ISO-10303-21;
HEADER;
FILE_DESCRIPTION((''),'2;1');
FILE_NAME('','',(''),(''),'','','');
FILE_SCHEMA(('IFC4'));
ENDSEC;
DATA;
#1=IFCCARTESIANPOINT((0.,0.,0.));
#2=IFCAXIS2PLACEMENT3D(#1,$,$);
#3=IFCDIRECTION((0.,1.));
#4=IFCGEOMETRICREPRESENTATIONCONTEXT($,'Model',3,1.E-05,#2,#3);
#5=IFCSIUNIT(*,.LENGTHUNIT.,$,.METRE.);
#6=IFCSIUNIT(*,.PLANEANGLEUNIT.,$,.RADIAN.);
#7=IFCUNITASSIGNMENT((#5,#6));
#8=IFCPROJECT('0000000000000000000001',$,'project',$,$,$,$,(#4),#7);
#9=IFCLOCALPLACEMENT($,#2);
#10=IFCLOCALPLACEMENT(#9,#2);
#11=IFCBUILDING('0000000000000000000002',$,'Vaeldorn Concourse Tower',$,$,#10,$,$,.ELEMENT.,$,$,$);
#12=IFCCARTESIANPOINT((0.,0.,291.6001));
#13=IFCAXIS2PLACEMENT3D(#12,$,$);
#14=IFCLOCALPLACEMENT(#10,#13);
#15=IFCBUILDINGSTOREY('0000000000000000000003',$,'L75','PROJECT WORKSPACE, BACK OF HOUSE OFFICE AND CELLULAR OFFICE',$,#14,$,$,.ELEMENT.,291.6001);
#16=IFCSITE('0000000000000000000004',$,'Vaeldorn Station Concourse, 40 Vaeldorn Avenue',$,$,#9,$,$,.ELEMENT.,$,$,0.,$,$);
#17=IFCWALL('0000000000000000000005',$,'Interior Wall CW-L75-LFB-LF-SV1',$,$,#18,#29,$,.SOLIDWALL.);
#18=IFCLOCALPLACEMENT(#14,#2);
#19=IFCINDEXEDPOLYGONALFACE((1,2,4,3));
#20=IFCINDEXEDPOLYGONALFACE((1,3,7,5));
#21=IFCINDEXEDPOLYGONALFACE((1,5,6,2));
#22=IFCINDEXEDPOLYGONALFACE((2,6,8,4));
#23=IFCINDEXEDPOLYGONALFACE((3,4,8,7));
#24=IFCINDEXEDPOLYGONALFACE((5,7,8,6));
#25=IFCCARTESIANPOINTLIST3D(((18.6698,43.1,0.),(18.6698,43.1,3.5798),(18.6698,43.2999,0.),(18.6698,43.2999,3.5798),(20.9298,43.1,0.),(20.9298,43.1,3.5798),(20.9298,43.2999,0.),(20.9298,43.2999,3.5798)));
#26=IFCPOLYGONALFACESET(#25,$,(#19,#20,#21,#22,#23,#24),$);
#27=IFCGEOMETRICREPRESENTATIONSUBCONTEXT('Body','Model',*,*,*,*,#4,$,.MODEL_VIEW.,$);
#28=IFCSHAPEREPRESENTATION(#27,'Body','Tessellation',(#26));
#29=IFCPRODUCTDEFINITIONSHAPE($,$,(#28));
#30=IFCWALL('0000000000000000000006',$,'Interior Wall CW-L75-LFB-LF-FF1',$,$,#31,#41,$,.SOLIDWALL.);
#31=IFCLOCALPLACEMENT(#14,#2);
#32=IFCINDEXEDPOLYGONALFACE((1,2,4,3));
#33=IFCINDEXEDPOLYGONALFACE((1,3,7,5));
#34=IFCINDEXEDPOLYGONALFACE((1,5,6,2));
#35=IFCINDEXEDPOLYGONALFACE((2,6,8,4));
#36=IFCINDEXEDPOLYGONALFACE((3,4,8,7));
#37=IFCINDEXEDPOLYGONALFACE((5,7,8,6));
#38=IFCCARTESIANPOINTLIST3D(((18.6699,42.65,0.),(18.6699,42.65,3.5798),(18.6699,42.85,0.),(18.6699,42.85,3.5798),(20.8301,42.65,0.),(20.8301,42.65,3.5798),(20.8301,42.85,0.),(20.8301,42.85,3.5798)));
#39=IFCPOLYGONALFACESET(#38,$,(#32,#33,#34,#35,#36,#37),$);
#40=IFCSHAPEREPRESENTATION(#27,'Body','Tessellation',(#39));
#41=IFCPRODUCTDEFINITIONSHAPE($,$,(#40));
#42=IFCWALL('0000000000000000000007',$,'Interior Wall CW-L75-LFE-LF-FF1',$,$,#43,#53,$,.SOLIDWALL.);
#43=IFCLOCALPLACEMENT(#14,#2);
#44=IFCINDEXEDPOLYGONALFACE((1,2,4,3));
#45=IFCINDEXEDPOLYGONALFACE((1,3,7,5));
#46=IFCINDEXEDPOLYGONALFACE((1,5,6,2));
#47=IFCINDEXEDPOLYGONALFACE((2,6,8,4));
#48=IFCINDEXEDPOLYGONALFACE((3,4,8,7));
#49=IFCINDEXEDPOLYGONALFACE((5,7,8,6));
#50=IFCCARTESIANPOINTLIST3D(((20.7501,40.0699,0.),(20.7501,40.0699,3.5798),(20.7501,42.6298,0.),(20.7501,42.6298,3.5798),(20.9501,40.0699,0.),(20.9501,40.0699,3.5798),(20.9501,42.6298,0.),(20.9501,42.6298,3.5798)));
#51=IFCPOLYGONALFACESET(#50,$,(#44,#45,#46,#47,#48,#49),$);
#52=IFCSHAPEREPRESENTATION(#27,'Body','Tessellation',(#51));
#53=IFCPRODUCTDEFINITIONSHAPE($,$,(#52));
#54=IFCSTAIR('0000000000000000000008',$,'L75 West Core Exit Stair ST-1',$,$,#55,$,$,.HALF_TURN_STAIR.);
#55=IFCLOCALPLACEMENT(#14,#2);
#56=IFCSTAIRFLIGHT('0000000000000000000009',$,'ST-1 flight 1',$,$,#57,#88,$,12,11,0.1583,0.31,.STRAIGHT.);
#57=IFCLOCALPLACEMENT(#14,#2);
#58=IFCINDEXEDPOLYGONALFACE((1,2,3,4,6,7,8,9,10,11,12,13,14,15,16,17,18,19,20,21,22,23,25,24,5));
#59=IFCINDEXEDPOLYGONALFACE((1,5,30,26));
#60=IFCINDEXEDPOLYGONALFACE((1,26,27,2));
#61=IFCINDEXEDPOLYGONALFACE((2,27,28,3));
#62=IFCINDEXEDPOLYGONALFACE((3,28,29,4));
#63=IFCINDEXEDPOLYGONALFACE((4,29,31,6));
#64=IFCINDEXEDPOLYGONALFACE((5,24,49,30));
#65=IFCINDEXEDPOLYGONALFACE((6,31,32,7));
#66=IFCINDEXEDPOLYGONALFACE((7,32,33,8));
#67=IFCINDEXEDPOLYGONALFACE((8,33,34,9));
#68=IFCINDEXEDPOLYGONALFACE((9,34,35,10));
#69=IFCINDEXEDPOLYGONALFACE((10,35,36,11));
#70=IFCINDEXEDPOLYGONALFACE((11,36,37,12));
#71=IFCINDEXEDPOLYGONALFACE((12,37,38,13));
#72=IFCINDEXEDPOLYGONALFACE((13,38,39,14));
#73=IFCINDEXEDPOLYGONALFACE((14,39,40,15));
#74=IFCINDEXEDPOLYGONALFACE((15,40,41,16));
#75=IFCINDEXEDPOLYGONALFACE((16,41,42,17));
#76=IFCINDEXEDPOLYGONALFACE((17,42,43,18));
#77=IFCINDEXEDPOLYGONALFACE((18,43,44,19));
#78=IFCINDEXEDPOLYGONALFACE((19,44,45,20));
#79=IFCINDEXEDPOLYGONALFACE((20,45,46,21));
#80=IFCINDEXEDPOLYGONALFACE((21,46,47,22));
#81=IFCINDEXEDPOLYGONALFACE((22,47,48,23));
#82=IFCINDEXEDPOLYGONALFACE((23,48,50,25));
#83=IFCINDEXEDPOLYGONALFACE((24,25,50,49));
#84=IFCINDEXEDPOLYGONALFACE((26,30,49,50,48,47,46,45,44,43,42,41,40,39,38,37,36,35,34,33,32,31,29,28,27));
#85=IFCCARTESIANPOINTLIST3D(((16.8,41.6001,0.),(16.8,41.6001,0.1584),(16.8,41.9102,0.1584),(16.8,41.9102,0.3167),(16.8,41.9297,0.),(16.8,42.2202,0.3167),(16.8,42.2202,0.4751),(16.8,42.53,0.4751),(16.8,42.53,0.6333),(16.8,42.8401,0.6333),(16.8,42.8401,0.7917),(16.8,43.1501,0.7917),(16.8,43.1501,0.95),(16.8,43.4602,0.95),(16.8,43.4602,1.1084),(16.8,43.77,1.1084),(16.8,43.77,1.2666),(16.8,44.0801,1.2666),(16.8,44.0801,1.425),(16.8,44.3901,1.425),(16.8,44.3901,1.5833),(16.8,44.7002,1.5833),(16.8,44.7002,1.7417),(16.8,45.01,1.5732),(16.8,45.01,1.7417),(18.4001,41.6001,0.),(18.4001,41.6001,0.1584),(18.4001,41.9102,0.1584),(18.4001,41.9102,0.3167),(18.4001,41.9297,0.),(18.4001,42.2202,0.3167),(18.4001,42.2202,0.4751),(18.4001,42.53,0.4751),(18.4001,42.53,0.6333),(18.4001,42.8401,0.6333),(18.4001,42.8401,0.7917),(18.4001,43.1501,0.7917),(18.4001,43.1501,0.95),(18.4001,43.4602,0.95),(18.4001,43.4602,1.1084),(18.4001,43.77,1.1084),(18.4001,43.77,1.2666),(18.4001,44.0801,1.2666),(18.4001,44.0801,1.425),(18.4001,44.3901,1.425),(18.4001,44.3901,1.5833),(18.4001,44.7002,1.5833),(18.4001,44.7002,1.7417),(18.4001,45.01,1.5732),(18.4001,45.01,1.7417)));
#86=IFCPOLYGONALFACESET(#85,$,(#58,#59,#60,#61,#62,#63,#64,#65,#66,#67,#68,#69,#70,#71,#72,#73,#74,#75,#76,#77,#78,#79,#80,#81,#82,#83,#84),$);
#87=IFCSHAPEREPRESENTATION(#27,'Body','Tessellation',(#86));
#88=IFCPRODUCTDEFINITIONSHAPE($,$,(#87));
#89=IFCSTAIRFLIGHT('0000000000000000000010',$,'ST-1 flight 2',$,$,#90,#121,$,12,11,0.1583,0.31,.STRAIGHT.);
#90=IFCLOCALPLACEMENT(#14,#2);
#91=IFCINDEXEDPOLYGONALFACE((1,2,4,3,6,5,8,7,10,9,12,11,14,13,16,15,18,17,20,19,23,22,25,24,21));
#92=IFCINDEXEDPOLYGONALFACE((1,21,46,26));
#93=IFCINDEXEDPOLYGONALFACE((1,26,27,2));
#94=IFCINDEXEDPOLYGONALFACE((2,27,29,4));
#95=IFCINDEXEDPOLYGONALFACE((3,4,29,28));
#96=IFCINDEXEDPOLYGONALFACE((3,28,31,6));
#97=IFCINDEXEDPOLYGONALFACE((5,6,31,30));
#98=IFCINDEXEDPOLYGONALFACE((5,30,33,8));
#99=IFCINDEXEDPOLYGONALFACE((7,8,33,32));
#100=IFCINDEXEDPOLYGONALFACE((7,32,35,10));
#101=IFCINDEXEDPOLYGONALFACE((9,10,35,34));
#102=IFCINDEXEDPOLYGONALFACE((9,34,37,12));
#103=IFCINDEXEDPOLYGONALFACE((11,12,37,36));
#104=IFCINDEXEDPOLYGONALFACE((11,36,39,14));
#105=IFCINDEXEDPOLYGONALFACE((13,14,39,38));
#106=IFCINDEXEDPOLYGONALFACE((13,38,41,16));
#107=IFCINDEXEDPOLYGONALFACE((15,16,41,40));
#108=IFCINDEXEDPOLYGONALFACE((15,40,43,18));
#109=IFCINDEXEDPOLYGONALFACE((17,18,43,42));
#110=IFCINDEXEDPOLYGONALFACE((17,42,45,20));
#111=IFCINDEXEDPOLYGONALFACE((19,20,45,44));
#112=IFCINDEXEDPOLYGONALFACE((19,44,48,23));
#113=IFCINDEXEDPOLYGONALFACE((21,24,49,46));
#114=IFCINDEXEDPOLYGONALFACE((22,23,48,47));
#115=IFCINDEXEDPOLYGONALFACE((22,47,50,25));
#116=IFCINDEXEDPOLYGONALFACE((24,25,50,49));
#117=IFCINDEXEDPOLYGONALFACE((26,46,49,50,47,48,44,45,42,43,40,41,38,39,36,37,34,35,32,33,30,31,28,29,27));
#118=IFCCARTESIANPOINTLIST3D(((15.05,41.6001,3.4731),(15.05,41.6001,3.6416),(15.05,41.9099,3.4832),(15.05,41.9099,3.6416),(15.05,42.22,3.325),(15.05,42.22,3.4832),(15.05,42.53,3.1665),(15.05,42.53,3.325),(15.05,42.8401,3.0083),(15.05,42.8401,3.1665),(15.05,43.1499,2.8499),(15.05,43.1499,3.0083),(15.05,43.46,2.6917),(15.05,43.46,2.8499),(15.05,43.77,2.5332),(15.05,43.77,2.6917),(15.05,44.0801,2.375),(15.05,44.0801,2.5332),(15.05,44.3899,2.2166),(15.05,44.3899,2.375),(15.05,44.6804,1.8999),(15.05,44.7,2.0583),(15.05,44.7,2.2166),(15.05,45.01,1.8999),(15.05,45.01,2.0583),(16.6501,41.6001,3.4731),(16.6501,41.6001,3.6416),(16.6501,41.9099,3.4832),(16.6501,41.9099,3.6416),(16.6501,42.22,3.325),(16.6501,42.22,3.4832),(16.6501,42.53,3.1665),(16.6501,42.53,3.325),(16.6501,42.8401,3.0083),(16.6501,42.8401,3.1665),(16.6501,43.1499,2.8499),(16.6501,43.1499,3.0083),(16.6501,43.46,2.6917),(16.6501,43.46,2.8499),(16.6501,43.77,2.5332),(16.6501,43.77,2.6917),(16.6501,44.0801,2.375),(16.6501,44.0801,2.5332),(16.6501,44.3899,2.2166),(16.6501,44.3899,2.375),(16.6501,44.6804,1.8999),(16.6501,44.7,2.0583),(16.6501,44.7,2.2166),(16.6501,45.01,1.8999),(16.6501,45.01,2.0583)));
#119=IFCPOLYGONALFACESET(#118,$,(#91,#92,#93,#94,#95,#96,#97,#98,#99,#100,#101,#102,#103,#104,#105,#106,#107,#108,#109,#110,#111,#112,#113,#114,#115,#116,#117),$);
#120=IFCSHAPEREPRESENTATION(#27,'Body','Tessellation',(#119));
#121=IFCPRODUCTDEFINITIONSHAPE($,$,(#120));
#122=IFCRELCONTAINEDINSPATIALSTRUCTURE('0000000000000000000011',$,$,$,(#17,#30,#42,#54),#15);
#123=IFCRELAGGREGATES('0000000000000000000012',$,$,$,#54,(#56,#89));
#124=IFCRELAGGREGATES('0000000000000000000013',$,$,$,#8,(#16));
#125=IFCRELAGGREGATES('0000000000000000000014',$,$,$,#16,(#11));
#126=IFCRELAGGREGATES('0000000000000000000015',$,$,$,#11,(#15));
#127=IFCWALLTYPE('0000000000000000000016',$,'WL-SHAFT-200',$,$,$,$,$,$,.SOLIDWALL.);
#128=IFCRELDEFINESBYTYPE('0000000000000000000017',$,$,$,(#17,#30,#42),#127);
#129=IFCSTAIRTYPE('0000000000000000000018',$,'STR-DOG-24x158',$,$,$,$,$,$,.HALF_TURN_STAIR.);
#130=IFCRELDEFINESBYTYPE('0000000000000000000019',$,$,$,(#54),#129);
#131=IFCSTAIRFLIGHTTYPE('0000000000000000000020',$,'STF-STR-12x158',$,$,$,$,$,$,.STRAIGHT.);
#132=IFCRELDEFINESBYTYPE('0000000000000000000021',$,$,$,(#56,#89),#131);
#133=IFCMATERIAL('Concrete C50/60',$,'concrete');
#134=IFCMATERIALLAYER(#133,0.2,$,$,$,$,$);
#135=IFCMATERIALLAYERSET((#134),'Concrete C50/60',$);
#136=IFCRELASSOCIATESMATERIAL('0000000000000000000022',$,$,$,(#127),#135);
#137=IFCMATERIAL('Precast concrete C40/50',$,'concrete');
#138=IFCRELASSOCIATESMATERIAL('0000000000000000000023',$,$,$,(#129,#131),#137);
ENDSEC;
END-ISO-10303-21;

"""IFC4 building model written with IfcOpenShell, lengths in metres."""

from ifc_helpers import new_model, si_unit, direction, frame, frame_2d, origin, place, context, subcontext, project, spatial, polyline, rectangle, outline, extrude, material, layer, layer_set, type_object, element, aggregate, save


model = new_model("IFC4")

# Units and contexts
model_context = context("Model", 3, precision=1e-05, world=origin(), true_north=direction((0.0, 1.0)))
body_context = subcontext(model_context, "Body", "Model", "MODEL_VIEW")
ifc_project = project(units=[si_unit("LENGTHUNIT", "METRE"), si_unit("PLANEANGLEUNIT", "RADIAN")], contexts=[model_context])

# Site, building, storey
site_placement = place(None, origin())
site = spatial("IfcSite", under=ifc_project, at=site_placement, Name="Vaeldorn Station Concourse, 40 Vaeldorn Avenue", CompositionType="ELEMENT", RefElevation=0.0)
building_placement = place(site_placement, origin())
building = spatial("IfcBuilding", under=site, at=building_placement, Name="Vaeldorn Concourse Tower", CompositionType="ELEMENT")
storey_placement = place(building_placement, frame((0.0, 0.0, 291.6001)))
storey = spatial("IfcBuildingStorey", under=building, at=storey_placement, Name="L75", Description="PROJECT WORKSPACE, BACK OF HOUSE OFFICE AND CELLULAR OFFICE", CompositionType="ELEMENT", Elevation=291.6001)

# Shared definitions
ifc_material_1 = material(Name="Concrete C50/60", Category="concrete")

# Shared definitions
ifc_layer_1 = layer(ifc_material_1, 0.2)
ifc_layer_set_1 = layer_set([ifc_layer_1], Name="Concrete C50/60")
wall_type_1 = type_object("IfcWallType", Name="WL-SHAFT-200", PredefinedType="SOLIDWALL", material=ifc_layer_set_1)

# Walls
wall_1_placement = place(storey_placement, frame((18.6699, 43.2, 0.0), z_axis=(0.0, 0.0, 1.0), x_axis=(1.0, 0.0, 0.0)))
element("IfcWall", 1, at=wall_1_placement, inside=storey, type_object=wall_type_1, Name="Interior Wall CW-L75-LFB-LF-SV1", PredefinedType="SOLIDWALL", context=body_context, shape_type="SweptSolid", body=[
    extrude(rectangle(XDim=2.26, YDim=0.2, at=frame_2d((1.1299, 0.0))), origin(), (0.0, 0.0, 1.0), 3.5798),
])
wall_2_placement = place(storey_placement, frame((18.6699, 42.75, 0.0), z_axis=(0.0, 0.0, 1.0), x_axis=(1.0, 0.0, 0.0)))
element("IfcWall", 2, at=wall_2_placement, inside=storey, type_object=wall_type_1, Name="Interior Wall CW-L75-LFB-LF-FF1", PredefinedType="SOLIDWALL", context=body_context, shape_type="SweptSolid", body=[
    extrude(rectangle(XDim=2.1602, YDim=0.2, at=frame_2d((1.0801, 0.0))), origin(), (0.0, 0.0, 1.0), 3.5798),
])
wall_3_placement = place(storey_placement, frame((20.8501, 40.0701, 0.0), z_axis=(0.0, 0.0, 1.0), x_axis=(0.0, 1.0, 0.0)))
element("IfcWall", 3, at=wall_3_placement, inside=storey, type_object=wall_type_1, Name="Interior Wall CW-L75-LFE-LF-FF1", PredefinedType="SOLIDWALL", context=body_context, shape_type="SweptSolid", body=[
    extrude(rectangle(XDim=2.5598, YDim=0.2, at=frame_2d((1.2798, 0.0))), origin(), (0.0, 0.0, 1.0), 3.5798),
])

# Stair, stair flights
ifc_material_2 = material(Name="Precast concrete C40/50", Category="concrete")
stair_type = type_object("IfcStairType", Name="STR-DOG-24x158", PredefinedType="HALF_TURN_STAIR", material=ifc_material_2)
stair_placement = place(storey_placement, origin())
stair = element("IfcStair", 4, at=stair_placement, inside=storey, type_object=stair_type, Name="L75 West Core Exit Stair ST-1", PredefinedType="HALF_TURN_STAIR")
stair_flight_type = type_object("IfcStairFlightType", Name="STF-STR-12x158", PredefinedType="STRAIGHT", material=ifc_material_2)
stair_flight_1_placement = place(storey_placement, frame((17.6001, 41.6001, 0.0), z_axis=(0.0, 0.0, 1.0), x_axis=(0.0, 1.0, 0.0)))
stair_flight_1 = element("IfcStairFlight", 5, at=stair_flight_1_placement, type_object=stair_flight_type, Name="ST-1 flight 1", NumberOfRisers=12, NumberOfTreads=11, PredefinedType="STRAIGHT", RiserHeight=0.1583, TreadLength=0.31, context=body_context, shape_type="SweptSolid", body=[
    extrude(outline(polyline([(0.0, 0.0), (0.0, 0.1584), (0.3101, 0.1584), (0.3101, 0.3167), (0.6201, 0.3167), (0.6201, 0.4751), (0.9299, 0.4751), (0.9299, 0.6333), (1.24, 0.6333), (1.24, 0.7917), (1.55, 0.7917), (1.55, 0.95), (1.8601, 0.95), (1.8601, 1.1084), (2.1699, 1.1084), (2.1699, 1.2666), (2.48, 1.2666), (2.48, 1.425), (2.79, 1.425), (2.79, 1.5833), (3.1001, 1.5833), (3.1001, 1.7417), (3.4099, 1.7417), (3.4099, 1.8999), (3.4099, 1.5732), (0.3296, 0.0), (0.0, 0.0)])), frame((0.0, 0.8, 0.0), z_axis=(0.0, -1.0, 0.0), x_axis=(1.0, 0.0, 0.0)), (0.0, 0.0, 1.0), 1.6001),
])
stair_flight_2_placement = place(storey_placement, frame((15.8501, 45.01, 1.8999), z_axis=(0.0, 0.0, 1.0), x_axis=(0.0, -1.0, 0.0)))
stair_flight_2 = element("IfcStairFlight", 6, at=stair_flight_2_placement, type_object=stair_flight_type, Name="ST-1 flight 2", NumberOfRisers=12, NumberOfTreads=11, PredefinedType="STRAIGHT", RiserHeight=0.1583, TreadLength=0.31, context=body_context, shape_type="SweptSolid", body=[
    extrude(outline(polyline([(0.0, 0.0), (0.0, 0.1584), (0.3101, 0.1584), (0.3101, 0.3167), (0.6201, 0.3167), (0.6201, 0.4751), (0.9299, 0.4751), (0.9299, 0.6333), (1.24, 0.6333), (1.24, 0.7917), (1.55, 0.7917), (1.55, 0.95), (1.8601, 0.95), (1.8601, 1.1084), (2.1699, 1.1084), (2.1699, 1.2666), (2.48, 1.2666), (2.48, 1.425), (2.79, 1.425), (2.79, 1.5833), (3.1001, 1.5833), (3.1001, 1.7417), (3.4099, 1.7417), (3.4099, 1.8999), (3.4099, 1.5732), (0.3296, 0.0), (0.0, 0.0)])), frame((0.0, 0.8, 0.0), z_axis=(0.0, -1.0, 0.0), x_axis=(1.0, 0.0, 0.0)), (0.0, 0.0, 1.0), 1.6001),
])
aggregate(stair, [stair_flight_1, stair_flight_2])

save(model, "model.ifc")
